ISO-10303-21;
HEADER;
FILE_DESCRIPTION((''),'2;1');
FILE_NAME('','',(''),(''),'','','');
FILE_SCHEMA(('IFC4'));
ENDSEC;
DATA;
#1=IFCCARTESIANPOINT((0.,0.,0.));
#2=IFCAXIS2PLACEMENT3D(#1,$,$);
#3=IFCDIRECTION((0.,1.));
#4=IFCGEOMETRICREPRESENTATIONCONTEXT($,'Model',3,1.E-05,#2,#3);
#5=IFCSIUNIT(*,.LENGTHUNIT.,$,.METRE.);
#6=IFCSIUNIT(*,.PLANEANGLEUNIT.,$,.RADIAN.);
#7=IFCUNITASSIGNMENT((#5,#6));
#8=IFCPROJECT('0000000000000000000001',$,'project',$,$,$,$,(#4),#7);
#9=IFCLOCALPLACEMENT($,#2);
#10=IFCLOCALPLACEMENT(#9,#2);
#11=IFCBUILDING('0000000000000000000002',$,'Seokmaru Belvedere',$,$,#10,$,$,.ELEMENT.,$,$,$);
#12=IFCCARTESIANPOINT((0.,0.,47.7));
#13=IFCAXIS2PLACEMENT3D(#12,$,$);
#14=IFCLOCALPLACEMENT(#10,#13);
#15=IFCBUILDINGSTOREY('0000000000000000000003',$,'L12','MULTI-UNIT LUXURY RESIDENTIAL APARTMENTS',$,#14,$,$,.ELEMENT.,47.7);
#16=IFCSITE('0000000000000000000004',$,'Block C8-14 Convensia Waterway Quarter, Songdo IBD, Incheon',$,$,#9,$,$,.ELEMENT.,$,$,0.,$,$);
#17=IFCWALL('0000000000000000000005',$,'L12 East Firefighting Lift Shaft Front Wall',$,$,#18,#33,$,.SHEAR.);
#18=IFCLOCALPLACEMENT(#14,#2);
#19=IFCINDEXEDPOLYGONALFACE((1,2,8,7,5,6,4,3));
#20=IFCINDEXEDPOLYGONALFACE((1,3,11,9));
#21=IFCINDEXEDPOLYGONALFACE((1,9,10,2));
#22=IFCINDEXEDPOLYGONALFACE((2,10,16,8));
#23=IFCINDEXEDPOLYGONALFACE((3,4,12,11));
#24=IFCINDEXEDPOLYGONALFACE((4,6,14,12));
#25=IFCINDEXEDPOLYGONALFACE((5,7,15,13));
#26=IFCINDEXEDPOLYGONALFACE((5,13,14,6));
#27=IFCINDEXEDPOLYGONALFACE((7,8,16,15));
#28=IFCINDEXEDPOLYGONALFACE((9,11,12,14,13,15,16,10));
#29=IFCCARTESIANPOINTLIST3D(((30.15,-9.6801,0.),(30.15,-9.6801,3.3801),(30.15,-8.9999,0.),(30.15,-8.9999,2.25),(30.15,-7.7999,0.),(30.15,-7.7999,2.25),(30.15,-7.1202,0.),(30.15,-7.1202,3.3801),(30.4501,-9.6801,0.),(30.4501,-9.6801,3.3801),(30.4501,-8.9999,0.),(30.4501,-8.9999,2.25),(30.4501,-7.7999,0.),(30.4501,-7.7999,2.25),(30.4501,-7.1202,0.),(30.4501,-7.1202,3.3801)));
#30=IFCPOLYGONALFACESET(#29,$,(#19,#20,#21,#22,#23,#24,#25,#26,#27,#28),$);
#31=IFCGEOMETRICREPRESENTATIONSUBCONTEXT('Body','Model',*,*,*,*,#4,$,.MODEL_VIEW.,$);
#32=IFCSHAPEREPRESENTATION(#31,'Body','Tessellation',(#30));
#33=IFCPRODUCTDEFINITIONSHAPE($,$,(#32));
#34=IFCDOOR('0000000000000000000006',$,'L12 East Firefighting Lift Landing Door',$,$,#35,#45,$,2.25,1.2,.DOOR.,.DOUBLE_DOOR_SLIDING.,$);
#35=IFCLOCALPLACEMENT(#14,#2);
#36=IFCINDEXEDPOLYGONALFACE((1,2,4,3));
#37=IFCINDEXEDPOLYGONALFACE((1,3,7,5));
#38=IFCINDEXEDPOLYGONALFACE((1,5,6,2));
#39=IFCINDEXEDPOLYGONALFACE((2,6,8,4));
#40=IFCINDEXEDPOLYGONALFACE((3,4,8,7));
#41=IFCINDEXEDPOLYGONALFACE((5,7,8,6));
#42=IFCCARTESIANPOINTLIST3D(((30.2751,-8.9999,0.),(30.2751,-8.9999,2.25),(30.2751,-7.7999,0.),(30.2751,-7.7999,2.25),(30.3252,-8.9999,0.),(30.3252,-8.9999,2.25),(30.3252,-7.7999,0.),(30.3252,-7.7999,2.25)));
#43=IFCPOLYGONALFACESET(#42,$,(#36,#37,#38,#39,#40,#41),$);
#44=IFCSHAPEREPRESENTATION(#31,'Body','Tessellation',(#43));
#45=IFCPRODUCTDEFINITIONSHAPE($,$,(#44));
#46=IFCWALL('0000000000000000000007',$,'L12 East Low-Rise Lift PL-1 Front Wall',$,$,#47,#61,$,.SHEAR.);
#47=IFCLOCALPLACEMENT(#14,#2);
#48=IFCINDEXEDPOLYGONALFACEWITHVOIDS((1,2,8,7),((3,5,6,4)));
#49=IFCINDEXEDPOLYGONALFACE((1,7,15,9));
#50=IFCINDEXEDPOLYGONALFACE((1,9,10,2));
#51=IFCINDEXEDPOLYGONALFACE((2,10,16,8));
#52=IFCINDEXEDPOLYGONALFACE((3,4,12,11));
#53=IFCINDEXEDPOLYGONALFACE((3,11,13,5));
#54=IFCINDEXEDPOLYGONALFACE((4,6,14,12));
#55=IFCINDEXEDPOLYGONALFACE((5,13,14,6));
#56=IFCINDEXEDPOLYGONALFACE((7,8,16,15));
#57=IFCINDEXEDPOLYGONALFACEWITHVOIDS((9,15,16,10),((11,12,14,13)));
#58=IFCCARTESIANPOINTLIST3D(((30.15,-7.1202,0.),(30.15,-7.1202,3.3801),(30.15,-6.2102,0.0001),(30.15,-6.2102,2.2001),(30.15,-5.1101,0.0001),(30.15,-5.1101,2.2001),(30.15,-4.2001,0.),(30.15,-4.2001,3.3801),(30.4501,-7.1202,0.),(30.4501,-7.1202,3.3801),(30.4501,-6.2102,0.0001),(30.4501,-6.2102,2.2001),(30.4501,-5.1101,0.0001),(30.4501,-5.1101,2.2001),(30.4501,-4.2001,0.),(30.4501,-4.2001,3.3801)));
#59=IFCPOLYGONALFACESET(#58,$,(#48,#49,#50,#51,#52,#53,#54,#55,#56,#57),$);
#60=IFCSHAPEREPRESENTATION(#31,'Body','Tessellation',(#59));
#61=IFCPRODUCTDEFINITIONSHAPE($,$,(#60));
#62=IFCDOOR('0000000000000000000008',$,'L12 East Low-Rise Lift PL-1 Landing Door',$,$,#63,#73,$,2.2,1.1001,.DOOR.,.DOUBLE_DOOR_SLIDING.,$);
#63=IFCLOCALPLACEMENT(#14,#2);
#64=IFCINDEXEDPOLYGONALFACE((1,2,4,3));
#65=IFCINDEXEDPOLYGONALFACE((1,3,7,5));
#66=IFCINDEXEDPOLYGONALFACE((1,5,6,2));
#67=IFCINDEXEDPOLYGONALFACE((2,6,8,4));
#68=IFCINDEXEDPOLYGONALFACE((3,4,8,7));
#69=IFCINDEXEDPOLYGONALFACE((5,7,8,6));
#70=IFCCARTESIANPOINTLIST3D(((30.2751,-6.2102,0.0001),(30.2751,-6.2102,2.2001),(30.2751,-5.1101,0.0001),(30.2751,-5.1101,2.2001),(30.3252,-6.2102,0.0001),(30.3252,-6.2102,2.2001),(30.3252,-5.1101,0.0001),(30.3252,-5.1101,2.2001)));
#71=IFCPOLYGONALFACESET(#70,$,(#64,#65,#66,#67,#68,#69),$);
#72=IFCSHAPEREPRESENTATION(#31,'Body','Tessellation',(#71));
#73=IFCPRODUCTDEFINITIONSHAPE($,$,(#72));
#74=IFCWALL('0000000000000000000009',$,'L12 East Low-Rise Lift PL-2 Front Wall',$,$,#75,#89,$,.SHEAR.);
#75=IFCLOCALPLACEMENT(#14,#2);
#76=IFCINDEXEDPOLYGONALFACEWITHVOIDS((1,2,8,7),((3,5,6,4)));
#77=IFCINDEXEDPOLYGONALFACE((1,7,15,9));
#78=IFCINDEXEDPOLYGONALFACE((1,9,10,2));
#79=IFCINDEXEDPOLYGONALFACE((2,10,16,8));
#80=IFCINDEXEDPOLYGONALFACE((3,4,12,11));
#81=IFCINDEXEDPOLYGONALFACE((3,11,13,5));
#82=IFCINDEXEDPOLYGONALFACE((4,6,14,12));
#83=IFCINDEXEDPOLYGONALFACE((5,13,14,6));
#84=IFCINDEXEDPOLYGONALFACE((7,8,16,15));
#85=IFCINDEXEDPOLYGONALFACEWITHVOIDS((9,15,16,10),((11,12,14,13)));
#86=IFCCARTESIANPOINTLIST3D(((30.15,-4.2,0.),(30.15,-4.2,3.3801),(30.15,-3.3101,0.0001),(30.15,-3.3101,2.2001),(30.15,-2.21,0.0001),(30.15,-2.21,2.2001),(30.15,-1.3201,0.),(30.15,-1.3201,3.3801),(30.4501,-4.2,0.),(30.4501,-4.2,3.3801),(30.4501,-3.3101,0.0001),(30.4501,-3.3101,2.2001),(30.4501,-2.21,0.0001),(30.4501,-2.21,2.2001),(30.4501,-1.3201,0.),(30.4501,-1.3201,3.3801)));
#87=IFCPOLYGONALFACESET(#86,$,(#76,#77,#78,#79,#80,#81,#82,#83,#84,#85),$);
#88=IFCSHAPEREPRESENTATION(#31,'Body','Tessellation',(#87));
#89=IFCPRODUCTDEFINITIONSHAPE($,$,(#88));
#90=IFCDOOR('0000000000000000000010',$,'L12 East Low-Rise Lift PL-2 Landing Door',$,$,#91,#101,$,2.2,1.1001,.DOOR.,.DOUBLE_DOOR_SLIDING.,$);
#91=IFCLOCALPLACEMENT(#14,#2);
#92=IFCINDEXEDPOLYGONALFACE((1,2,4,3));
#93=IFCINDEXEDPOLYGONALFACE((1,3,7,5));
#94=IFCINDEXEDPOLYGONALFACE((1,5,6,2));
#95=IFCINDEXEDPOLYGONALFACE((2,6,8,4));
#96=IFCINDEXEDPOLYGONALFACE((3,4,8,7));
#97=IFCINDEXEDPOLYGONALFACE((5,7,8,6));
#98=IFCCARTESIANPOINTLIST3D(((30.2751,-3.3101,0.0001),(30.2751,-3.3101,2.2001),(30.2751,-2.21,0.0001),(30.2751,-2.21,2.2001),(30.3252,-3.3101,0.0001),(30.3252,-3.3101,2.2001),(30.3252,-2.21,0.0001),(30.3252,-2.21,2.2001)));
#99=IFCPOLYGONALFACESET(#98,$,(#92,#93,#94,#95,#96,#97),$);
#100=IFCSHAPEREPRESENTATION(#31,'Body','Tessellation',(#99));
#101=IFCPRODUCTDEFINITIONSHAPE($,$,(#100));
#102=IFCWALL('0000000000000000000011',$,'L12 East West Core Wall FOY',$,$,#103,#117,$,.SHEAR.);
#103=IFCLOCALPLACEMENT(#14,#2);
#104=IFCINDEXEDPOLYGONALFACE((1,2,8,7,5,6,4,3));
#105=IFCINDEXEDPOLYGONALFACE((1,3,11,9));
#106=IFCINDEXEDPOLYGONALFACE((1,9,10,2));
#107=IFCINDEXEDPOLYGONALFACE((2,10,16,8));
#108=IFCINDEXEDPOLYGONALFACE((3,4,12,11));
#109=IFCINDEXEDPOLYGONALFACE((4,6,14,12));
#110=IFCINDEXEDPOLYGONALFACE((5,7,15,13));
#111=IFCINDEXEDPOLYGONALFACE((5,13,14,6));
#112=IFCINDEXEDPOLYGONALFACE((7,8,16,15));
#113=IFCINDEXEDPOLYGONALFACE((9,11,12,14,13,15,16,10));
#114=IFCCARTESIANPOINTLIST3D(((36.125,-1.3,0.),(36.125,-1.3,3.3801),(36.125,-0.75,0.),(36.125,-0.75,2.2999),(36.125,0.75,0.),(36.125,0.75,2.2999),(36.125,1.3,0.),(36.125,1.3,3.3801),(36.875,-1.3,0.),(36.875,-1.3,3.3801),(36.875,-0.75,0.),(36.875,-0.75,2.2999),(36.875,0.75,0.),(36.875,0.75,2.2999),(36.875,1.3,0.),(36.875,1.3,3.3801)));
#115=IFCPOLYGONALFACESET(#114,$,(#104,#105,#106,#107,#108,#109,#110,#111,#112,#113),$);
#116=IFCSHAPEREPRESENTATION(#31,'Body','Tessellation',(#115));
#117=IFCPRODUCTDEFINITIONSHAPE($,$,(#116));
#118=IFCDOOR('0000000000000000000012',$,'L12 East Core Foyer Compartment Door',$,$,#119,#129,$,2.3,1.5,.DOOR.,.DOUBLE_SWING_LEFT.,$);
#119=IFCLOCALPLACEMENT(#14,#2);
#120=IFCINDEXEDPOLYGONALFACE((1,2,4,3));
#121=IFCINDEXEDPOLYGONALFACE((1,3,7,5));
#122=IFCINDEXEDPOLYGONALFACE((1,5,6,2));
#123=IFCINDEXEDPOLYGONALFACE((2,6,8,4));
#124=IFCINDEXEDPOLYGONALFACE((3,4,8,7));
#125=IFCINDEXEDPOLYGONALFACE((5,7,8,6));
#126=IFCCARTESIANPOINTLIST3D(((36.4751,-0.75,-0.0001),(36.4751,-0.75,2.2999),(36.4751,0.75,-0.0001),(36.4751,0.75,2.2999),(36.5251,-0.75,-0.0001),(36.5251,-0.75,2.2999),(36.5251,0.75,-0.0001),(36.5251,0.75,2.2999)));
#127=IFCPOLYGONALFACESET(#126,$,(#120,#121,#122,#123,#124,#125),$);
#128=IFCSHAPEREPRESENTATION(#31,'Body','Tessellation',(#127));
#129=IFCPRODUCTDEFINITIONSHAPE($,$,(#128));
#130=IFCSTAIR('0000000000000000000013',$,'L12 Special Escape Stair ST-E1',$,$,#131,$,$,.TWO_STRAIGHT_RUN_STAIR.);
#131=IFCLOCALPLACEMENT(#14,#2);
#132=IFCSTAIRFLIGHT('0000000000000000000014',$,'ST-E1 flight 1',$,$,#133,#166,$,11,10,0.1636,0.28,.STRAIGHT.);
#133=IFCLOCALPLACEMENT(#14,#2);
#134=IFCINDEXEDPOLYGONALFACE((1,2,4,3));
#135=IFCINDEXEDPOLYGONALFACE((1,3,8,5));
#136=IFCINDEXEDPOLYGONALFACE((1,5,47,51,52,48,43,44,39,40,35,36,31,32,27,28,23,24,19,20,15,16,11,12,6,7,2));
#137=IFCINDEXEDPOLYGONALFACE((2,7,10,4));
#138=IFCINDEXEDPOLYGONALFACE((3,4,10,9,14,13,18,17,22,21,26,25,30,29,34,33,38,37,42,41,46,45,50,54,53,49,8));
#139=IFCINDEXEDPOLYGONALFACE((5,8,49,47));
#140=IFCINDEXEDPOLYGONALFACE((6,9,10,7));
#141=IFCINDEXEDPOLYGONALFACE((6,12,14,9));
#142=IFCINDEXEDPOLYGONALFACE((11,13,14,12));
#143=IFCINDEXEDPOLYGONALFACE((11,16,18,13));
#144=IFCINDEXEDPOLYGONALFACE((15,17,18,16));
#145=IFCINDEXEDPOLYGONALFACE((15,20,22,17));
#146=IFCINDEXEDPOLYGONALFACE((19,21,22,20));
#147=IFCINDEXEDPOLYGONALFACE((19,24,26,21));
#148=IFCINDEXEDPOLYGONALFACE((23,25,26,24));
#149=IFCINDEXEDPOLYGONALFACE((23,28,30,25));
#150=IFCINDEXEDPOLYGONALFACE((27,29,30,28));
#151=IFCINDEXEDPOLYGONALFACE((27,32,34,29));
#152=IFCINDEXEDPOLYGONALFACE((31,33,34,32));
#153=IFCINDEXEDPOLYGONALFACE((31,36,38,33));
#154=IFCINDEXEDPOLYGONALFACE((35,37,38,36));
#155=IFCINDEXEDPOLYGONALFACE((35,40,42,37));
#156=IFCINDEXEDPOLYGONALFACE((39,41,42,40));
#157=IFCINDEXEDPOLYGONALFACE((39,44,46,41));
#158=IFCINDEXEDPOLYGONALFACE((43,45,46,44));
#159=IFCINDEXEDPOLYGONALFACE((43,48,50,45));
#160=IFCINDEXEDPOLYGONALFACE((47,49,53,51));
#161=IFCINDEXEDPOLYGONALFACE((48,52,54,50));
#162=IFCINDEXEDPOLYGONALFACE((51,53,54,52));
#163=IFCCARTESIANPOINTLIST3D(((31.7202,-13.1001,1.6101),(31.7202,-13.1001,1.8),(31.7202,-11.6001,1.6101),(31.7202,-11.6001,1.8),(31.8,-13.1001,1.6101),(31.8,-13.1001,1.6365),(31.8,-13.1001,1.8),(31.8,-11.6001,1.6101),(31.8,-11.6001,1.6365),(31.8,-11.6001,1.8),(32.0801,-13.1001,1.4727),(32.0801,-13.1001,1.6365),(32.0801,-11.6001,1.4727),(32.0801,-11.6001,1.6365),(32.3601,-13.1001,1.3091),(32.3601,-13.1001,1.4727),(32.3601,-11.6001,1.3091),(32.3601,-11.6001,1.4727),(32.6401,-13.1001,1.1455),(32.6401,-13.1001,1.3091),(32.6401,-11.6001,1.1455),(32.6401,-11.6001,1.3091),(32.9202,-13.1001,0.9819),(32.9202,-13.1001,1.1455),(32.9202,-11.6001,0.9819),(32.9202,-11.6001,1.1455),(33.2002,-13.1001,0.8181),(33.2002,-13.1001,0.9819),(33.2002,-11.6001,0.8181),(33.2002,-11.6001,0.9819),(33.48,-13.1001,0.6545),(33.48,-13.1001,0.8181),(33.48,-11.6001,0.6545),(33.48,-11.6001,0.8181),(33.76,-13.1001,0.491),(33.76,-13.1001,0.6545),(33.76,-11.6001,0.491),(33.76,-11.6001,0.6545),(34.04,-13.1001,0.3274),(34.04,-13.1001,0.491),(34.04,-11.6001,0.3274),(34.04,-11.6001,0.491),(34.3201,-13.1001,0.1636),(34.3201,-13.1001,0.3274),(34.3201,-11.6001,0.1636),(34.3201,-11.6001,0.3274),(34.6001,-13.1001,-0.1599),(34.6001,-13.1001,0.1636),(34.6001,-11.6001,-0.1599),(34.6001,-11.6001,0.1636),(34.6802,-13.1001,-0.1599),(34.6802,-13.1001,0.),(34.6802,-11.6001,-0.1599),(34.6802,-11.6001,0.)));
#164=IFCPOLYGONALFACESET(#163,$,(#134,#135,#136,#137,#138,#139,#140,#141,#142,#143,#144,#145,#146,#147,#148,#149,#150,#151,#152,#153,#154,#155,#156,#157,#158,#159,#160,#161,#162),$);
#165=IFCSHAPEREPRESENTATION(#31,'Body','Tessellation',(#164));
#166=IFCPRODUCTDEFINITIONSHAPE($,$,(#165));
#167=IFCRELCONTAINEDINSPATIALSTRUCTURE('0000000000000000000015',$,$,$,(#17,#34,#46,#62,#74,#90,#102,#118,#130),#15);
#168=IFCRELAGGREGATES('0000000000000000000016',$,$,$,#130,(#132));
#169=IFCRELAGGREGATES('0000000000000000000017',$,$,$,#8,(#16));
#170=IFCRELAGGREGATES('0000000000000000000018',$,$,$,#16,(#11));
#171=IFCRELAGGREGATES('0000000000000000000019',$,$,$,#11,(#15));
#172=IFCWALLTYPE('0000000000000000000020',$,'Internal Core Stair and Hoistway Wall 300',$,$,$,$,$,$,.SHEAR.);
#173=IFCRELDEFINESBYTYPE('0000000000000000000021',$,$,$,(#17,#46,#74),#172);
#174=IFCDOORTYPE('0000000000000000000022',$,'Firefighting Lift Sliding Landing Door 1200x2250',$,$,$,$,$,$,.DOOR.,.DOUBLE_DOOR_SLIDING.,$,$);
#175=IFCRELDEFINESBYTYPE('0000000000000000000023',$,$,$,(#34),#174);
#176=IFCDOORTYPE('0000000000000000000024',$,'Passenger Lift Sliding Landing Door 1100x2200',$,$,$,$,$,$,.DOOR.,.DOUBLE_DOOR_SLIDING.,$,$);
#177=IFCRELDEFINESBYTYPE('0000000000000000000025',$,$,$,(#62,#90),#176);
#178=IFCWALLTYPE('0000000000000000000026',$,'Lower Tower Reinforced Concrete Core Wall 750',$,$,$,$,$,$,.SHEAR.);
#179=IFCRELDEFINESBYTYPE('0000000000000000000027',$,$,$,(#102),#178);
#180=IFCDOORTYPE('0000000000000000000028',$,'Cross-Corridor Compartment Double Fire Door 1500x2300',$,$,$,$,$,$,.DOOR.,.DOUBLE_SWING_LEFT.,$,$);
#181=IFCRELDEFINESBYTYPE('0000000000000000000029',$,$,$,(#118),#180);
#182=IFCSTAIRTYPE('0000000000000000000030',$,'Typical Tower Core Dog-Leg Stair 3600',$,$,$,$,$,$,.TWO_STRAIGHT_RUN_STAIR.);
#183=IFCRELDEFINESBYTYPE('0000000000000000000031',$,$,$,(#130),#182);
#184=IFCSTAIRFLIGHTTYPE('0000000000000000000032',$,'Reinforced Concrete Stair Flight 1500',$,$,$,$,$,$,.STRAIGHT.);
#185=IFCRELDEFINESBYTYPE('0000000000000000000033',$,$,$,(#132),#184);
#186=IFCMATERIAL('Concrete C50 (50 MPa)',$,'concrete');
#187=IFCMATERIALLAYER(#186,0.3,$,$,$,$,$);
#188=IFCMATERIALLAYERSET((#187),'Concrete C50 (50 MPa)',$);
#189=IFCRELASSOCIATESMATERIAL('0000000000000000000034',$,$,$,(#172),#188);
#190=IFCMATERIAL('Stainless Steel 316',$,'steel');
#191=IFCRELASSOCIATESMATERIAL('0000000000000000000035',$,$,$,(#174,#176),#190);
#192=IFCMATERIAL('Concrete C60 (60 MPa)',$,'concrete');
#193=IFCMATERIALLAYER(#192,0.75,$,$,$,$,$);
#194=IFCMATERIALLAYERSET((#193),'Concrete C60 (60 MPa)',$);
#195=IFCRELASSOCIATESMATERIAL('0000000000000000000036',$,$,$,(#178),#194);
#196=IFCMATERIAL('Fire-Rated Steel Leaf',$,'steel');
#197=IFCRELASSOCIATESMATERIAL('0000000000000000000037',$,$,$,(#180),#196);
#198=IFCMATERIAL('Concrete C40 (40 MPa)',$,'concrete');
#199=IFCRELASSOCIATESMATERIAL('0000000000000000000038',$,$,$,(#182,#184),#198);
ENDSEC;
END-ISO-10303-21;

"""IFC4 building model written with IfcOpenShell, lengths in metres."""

from ifc_helpers import new_model, si_unit, direction, frame, frame_2d, origin, place, context, subcontext, project, spatial, polyline, rectangle, outline, extrude, source, transform, mapped, material, layer, layer_set, type_object, type_shapes, element, fill, aggregate, save


model = new_model("IFC4")

# Units and contexts
model_context = context("Model", 3, precision=1e-05, world=origin(), true_north=direction((0.0, 1.0)))
body_context = subcontext(model_context, "Body", "Model", "MODEL_VIEW")
ifc_project = project(units=[si_unit("LENGTHUNIT", "METRE"), si_unit("PLANEANGLEUNIT", "RADIAN")], contexts=[model_context])

# Site, building, storey
site_placement = place(None, origin())
site = spatial("IfcSite", under=ifc_project, at=site_placement, Name="Block C8-14 Convensia Waterway Quarter, Songdo IBD, Incheon", CompositionType="ELEMENT", RefElevation=0.0)
building_placement = place(site_placement, origin())
building = spatial("IfcBuilding", under=site, at=building_placement, Name="Seokmaru Belvedere", CompositionType="ELEMENT")
storey_placement = place(building_placement, frame((0.0, 0.0, 47.7)))
storey = spatial("IfcBuildingStorey", under=building, at=storey_placement, Name="L12", Description="MULTI-UNIT LUXURY RESIDENTIAL APARTMENTS", CompositionType="ELEMENT", Elevation=47.7)

# Shared definitions
ifc_material_1 = material(Name="Fire-Rated Steel Leaf", Category="steel")

# Walls, openings, doors
ifc_material_2 = material(Name="Concrete C50 (50 MPa)", Category="concrete")
ifc_layer_1 = layer(ifc_material_2, 0.3)
ifc_layer_set_1 = layer_set([ifc_layer_1], Name="Concrete C50 (50 MPa)")
wall_type_1 = type_object("IfcWallType", Name="Internal Core Stair and Hoistway Wall 300", PredefinedType="SHEAR", material=ifc_layer_set_1)
wall_1_placement = place(storey_placement, frame((30.3, -9.6799, 0.0), z_axis=(0.0, 0.0, 1.0), x_axis=(0.0, 1.0, 0.0)))
wall_1 = element("IfcWall", 1, at=wall_1_placement, inside=storey, type_object=wall_type_1, Name="L12 East Firefighting Lift Shaft Front Wall", PredefinedType="SHEAR", context=body_context, shape_type="SweptSolid", body=[
    extrude(rectangle(XDim=2.5598, YDim=0.3, at=frame_2d((1.2798, 0.0))), origin(), (0.0, 0.0, 1.0), 3.3801),
])
opening_1_placement = place(wall_1_placement, frame((0.6799, 0.0, 0.0)))
opening_1 = element("IfcOpeningElement", 2, at=opening_1_placement, cuts=wall_1, PredefinedType="OPENING", context=body_context, shape_type="SweptSolid", body=[
    extrude(rectangle(XDim=1.2, YDim=2.25, at=frame_2d((0.6001, 1.125))), frame((0.0, 0.1602, 0.0), z_axis=(0.0, -1.0, 0.0), x_axis=(1.0, 0.0, 0.0)), (0.0, 0.0, 1.0), 0.3201),
])
ifc_material_3 = material(Name="Stainless Steel 316", Category="steel")
door_type_1 = type_object("IfcDoorType", Name="Firefighting Lift Sliding Landing Door 1200x2250", OperationType="DOUBLE_DOOR_SLIDING", PredefinedType="DOOR", material=ifc_material_3)
shared_shape_1 = source(origin(), body_context, "Body", "SweptSolid", [
    extrude(rectangle(XDim=1.2, YDim=2.25, at=frame_2d((0.6001, 1.125))), frame((0.0, 0.0249, 0.0), z_axis=(0.0, -1.0, 0.0), x_axis=(1.0, 0.0, 0.0)), (0.0, 0.0, 1.0), 0.05),
])
type_shapes(door_type_1, [shared_shape_1])
door_1_placement = place(opening_1_placement, origin())
door_1 = element("IfcDoor", 3, at=door_1_placement, inside=storey, type_object=door_type_1, Name="L12 East Firefighting Lift Landing Door", OperationType="DOUBLE_DOOR_SLIDING", OverallHeight=2.25, OverallWidth=1.2, PredefinedType="DOOR", context=body_context, shape_type="MappedRepresentation", body=[
    mapped(shared_shape_1, transform((0.0, 0.0, 0.0), scale=1.0)),
])
fill(opening_1, door_1)
wall_2_placement = place(storey_placement, frame((30.3, -7.1201, 0.0), z_axis=(0.0, 0.0, 1.0), x_axis=(0.0, 1.0, 0.0)))
wall_2 = element("IfcWall", 4, at=wall_2_placement, inside=storey, type_object=wall_type_1, Name="L12 East Low-Rise Lift PL-1 Front Wall", PredefinedType="SHEAR", context=body_context, shape_type="SweptSolid", body=[
    extrude(rectangle(XDim=2.9202, YDim=0.3, at=frame_2d((1.46, 0.0))), origin(), (0.0, 0.0, 1.0), 3.3801),
])
opening_2_placement = place(wall_2_placement, frame((0.9099, 0.0, 0.0)))
opening_2 = element("IfcOpeningElement", 5, at=opening_2_placement, cuts=wall_2, PredefinedType="OPENING", context=body_context, shape_type="SweptSolid", body=[
    extrude(rectangle(XDim=1.1001, YDim=2.2, at=frame_2d((0.55, 1.1001))), frame((0.0, 0.1602, 0.0), z_axis=(0.0, -1.0, 0.0), x_axis=(1.0, 0.0, 0.0)), (0.0, 0.0, 1.0), 0.3201),
])
door_type_2 = type_object("IfcDoorType", Name="Passenger Lift Sliding Landing Door 1100x2200", OperationType="DOUBLE_DOOR_SLIDING", PredefinedType="DOOR", material=ifc_material_3)
shared_shape_2 = source(origin(), body_context, "Body", "SweptSolid", [
    extrude(rectangle(XDim=1.1001, YDim=2.2, at=frame_2d((0.55, 1.1001))), frame((0.0, 0.0249, 0.0), z_axis=(0.0, -1.0, 0.0), x_axis=(1.0, 0.0, 0.0)), (0.0, 0.0, 1.0), 0.05),
])
type_shapes(door_type_2, [shared_shape_2])
door_2_placement = place(opening_2_placement, origin())
door_2 = element("IfcDoor", 6, at=door_2_placement, inside=storey, type_object=door_type_2, Name="L12 East Low-Rise Lift PL-1 Landing Door", OperationType="DOUBLE_DOOR_SLIDING", OverallHeight=2.2, OverallWidth=1.1001, PredefinedType="DOOR", context=body_context, shape_type="MappedRepresentation", body=[
    mapped(shared_shape_2, transform((0.0, 0.0, 0.0), scale=1.0)),
])
fill(opening_2, door_2)
wall_3_placement = place(storey_placement, frame((30.3, -4.2, 0.0), z_axis=(0.0, 0.0, 1.0), x_axis=(0.0, 1.0, 0.0)))
wall_3 = element("IfcWall", 7, at=wall_3_placement, inside=storey, type_object=wall_type_1, Name="L12 East Low-Rise Lift PL-2 Front Wall", PredefinedType="SHEAR", context=body_context, shape_type="SweptSolid", body=[
    extrude(rectangle(XDim=2.8799, YDim=0.3, at=frame_2d((1.4399, 0.0))), origin(), (0.0, 0.0, 1.0), 3.3801),
])
opening_3_placement = place(wall_3_placement, frame((0.8899, 0.0, 0.0)))
opening_3 = element("IfcOpeningElement", 8, at=opening_3_placement, cuts=wall_3, PredefinedType="OPENING", context=body_context, shape_type="SweptSolid", body=[
    extrude(rectangle(XDim=1.1001, YDim=2.2, at=frame_2d((0.55, 1.1001))), frame((0.0, 0.1602, 0.0), z_axis=(0.0, -1.0, 0.0), x_axis=(1.0, 0.0, 0.0)), (0.0, 0.0, 1.0), 0.3201),
])
door_3_placement = place(opening_3_placement, origin())
door_3 = element("IfcDoor", 9, at=door_3_placement, inside=storey, type_object=door_type_2, Name="L12 East Low-Rise Lift PL-2 Landing Door", OperationType="DOUBLE_DOOR_SLIDING", OverallHeight=2.2, OverallWidth=1.1001, PredefinedType="DOOR", context=body_context, shape_type="MappedRepresentation", body=[
    mapped(shared_shape_2, transform((0.0, 0.0, 0.0), scale=1.0)),
])
fill(opening_3, door_3)
ifc_material_4 = material(Name="Concrete C60 (60 MPa)", Category="concrete")
ifc_layer_2 = layer(ifc_material_4, 0.75)
ifc_layer_set_2 = layer_set([ifc_layer_2], Name="Concrete C60 (60 MPa)")
wall_type_2 = type_object("IfcWallType", Name="Lower Tower Reinforced Concrete Core Wall 750", PredefinedType="SHEAR", material=ifc_layer_set_2)
wall_4_placement = place(storey_placement, frame((36.5, -1.3, 0.0), z_axis=(0.0, 0.0, 1.0), x_axis=(0.0, 1.0, 0.0)))
wall_4 = element("IfcWall", 10, at=wall_4_placement, inside=storey, type_object=wall_type_2, Name="L12 East West Core Wall FOY", PredefinedType="SHEAR", context=body_context, shape_type="SweptSolid", body=[
    extrude(rectangle(XDim=2.6001, YDim=0.75, at=frame_2d((1.3, 0.0))), origin(), (0.0, 0.0, 1.0), 3.3801),
])
opening_4_placement = place(wall_4_placement, frame((0.55, 0.0, 0.0)))
opening_4 = element("IfcOpeningElement", 11, at=opening_4_placement, cuts=wall_4, PredefinedType="OPENING", context=body_context, shape_type="SweptSolid", body=[
    extrude(rectangle(XDim=1.5, YDim=2.3, at=frame_2d((0.75, 1.1499))), frame((0.0, 0.385, 0.0), z_axis=(0.0, -1.0, 0.0), x_axis=(1.0, 0.0, 0.0)), (0.0, 0.0, 1.0), 0.77),
])
door_type_3 = type_object("IfcDoorType", Name="Cross-Corridor Compartment Double Fire Door 1500x2300", OperationType="DOUBLE_SWING_LEFT", PredefinedType="DOOR", material=ifc_material_1)
shared_shape_3 = source(origin(), body_context, "Body", "SweptSolid", [
    extrude(rectangle(XDim=1.5, YDim=2.3, at=frame_2d((0.75, 1.1499))), frame((0.0, 0.0249, 0.0), z_axis=(0.0, -1.0, 0.0), x_axis=(1.0, 0.0, 0.0)), (0.0, 0.0, 1.0), 0.05),
])
type_shapes(door_type_3, [shared_shape_3])
door_4_placement = place(opening_4_placement, origin())
door_4 = element("IfcDoor", 12, at=door_4_placement, inside=storey, type_object=door_type_3, Name="L12 East Core Foyer Compartment Door", OperationType="DOUBLE_SWING_LEFT", OverallHeight=2.3, OverallWidth=1.5, PredefinedType="DOOR", context=body_context, shape_type="MappedRepresentation", body=[
    mapped(shared_shape_3, transform((0.0, 0.0, 0.0), scale=1.0)),
])
fill(opening_4, door_4)

# Stair, stair flight
ifc_material_5 = material(Name="Concrete C40 (40 MPa)", Category="concrete")
stair_type = type_object("IfcStairType", Name="Typical Tower Core Dog-Leg Stair 3600", PredefinedType="TWO_STRAIGHT_RUN_STAIR", material=ifc_material_5)
stair_placement = place(storey_placement, origin())
stair = element("IfcStair", 13, at=stair_placement, inside=storey, type_object=stair_type, Name="L12 Special Escape Stair ST-E1", PredefinedType="TWO_STRAIGHT_RUN_STAIR")
stair_flight_type = type_object("IfcStairFlightType", Name="Reinforced Concrete Stair Flight 1500", PredefinedType="STRAIGHT", material=ifc_material_5)
stair_flight_1_placement = place(storey_placement, frame((34.6001, -12.3501, 0.0), z_axis=(0.0, 0.0, 1.0), x_axis=(-1.0, 0.0, 0.0)))
stair_flight_1 = element("IfcStairFlight", 14, at=stair_flight_1_placement, type_object=stair_flight_type, Name="ST-E1 flight 1", NumberOfRisers=11, NumberOfTreads=10, PredefinedType="STRAIGHT", RiserHeight=0.1636, TreadLength=0.28, context=body_context, shape_type="SweptSolid", body=[
    extrude(outline(polyline([(-0.0801, 0.0), (0.0, 0.1636), (0.28, 0.1636), (0.28, 0.3274), (0.5601, 0.3274), (0.5601, 0.491), (0.8401, 0.491), (0.8401, 0.6545), (1.1201, 0.6545), (1.1201, 0.8181), (1.3999, 0.8181), (1.3999, 0.9819), (1.6799, 0.9819), (1.6799, 1.1455), (1.96, 1.1455), (1.96, 1.3091), (2.24, 1.3091), (2.24, 1.4727), (2.52, 1.4727), (2.52, 1.6365), (2.8, 1.6365), (2.8, 1.8), (2.8799, 1.8), (2.8799, 1.6101), (2.8, 1.6101), (0.0, -0.1599), (-0.0801, -0.1599), (-0.0801, 0.0)])), frame((0.0, 0.75, 0.0), z_axis=(0.0, -1.0, 0.0), x_axis=(1.0, 0.0, 0.0)), (0.0, 0.0, 1.0), 1.5),
])
aggregate(stair, [stair_flight_1])

save(model, "model.ifc")
